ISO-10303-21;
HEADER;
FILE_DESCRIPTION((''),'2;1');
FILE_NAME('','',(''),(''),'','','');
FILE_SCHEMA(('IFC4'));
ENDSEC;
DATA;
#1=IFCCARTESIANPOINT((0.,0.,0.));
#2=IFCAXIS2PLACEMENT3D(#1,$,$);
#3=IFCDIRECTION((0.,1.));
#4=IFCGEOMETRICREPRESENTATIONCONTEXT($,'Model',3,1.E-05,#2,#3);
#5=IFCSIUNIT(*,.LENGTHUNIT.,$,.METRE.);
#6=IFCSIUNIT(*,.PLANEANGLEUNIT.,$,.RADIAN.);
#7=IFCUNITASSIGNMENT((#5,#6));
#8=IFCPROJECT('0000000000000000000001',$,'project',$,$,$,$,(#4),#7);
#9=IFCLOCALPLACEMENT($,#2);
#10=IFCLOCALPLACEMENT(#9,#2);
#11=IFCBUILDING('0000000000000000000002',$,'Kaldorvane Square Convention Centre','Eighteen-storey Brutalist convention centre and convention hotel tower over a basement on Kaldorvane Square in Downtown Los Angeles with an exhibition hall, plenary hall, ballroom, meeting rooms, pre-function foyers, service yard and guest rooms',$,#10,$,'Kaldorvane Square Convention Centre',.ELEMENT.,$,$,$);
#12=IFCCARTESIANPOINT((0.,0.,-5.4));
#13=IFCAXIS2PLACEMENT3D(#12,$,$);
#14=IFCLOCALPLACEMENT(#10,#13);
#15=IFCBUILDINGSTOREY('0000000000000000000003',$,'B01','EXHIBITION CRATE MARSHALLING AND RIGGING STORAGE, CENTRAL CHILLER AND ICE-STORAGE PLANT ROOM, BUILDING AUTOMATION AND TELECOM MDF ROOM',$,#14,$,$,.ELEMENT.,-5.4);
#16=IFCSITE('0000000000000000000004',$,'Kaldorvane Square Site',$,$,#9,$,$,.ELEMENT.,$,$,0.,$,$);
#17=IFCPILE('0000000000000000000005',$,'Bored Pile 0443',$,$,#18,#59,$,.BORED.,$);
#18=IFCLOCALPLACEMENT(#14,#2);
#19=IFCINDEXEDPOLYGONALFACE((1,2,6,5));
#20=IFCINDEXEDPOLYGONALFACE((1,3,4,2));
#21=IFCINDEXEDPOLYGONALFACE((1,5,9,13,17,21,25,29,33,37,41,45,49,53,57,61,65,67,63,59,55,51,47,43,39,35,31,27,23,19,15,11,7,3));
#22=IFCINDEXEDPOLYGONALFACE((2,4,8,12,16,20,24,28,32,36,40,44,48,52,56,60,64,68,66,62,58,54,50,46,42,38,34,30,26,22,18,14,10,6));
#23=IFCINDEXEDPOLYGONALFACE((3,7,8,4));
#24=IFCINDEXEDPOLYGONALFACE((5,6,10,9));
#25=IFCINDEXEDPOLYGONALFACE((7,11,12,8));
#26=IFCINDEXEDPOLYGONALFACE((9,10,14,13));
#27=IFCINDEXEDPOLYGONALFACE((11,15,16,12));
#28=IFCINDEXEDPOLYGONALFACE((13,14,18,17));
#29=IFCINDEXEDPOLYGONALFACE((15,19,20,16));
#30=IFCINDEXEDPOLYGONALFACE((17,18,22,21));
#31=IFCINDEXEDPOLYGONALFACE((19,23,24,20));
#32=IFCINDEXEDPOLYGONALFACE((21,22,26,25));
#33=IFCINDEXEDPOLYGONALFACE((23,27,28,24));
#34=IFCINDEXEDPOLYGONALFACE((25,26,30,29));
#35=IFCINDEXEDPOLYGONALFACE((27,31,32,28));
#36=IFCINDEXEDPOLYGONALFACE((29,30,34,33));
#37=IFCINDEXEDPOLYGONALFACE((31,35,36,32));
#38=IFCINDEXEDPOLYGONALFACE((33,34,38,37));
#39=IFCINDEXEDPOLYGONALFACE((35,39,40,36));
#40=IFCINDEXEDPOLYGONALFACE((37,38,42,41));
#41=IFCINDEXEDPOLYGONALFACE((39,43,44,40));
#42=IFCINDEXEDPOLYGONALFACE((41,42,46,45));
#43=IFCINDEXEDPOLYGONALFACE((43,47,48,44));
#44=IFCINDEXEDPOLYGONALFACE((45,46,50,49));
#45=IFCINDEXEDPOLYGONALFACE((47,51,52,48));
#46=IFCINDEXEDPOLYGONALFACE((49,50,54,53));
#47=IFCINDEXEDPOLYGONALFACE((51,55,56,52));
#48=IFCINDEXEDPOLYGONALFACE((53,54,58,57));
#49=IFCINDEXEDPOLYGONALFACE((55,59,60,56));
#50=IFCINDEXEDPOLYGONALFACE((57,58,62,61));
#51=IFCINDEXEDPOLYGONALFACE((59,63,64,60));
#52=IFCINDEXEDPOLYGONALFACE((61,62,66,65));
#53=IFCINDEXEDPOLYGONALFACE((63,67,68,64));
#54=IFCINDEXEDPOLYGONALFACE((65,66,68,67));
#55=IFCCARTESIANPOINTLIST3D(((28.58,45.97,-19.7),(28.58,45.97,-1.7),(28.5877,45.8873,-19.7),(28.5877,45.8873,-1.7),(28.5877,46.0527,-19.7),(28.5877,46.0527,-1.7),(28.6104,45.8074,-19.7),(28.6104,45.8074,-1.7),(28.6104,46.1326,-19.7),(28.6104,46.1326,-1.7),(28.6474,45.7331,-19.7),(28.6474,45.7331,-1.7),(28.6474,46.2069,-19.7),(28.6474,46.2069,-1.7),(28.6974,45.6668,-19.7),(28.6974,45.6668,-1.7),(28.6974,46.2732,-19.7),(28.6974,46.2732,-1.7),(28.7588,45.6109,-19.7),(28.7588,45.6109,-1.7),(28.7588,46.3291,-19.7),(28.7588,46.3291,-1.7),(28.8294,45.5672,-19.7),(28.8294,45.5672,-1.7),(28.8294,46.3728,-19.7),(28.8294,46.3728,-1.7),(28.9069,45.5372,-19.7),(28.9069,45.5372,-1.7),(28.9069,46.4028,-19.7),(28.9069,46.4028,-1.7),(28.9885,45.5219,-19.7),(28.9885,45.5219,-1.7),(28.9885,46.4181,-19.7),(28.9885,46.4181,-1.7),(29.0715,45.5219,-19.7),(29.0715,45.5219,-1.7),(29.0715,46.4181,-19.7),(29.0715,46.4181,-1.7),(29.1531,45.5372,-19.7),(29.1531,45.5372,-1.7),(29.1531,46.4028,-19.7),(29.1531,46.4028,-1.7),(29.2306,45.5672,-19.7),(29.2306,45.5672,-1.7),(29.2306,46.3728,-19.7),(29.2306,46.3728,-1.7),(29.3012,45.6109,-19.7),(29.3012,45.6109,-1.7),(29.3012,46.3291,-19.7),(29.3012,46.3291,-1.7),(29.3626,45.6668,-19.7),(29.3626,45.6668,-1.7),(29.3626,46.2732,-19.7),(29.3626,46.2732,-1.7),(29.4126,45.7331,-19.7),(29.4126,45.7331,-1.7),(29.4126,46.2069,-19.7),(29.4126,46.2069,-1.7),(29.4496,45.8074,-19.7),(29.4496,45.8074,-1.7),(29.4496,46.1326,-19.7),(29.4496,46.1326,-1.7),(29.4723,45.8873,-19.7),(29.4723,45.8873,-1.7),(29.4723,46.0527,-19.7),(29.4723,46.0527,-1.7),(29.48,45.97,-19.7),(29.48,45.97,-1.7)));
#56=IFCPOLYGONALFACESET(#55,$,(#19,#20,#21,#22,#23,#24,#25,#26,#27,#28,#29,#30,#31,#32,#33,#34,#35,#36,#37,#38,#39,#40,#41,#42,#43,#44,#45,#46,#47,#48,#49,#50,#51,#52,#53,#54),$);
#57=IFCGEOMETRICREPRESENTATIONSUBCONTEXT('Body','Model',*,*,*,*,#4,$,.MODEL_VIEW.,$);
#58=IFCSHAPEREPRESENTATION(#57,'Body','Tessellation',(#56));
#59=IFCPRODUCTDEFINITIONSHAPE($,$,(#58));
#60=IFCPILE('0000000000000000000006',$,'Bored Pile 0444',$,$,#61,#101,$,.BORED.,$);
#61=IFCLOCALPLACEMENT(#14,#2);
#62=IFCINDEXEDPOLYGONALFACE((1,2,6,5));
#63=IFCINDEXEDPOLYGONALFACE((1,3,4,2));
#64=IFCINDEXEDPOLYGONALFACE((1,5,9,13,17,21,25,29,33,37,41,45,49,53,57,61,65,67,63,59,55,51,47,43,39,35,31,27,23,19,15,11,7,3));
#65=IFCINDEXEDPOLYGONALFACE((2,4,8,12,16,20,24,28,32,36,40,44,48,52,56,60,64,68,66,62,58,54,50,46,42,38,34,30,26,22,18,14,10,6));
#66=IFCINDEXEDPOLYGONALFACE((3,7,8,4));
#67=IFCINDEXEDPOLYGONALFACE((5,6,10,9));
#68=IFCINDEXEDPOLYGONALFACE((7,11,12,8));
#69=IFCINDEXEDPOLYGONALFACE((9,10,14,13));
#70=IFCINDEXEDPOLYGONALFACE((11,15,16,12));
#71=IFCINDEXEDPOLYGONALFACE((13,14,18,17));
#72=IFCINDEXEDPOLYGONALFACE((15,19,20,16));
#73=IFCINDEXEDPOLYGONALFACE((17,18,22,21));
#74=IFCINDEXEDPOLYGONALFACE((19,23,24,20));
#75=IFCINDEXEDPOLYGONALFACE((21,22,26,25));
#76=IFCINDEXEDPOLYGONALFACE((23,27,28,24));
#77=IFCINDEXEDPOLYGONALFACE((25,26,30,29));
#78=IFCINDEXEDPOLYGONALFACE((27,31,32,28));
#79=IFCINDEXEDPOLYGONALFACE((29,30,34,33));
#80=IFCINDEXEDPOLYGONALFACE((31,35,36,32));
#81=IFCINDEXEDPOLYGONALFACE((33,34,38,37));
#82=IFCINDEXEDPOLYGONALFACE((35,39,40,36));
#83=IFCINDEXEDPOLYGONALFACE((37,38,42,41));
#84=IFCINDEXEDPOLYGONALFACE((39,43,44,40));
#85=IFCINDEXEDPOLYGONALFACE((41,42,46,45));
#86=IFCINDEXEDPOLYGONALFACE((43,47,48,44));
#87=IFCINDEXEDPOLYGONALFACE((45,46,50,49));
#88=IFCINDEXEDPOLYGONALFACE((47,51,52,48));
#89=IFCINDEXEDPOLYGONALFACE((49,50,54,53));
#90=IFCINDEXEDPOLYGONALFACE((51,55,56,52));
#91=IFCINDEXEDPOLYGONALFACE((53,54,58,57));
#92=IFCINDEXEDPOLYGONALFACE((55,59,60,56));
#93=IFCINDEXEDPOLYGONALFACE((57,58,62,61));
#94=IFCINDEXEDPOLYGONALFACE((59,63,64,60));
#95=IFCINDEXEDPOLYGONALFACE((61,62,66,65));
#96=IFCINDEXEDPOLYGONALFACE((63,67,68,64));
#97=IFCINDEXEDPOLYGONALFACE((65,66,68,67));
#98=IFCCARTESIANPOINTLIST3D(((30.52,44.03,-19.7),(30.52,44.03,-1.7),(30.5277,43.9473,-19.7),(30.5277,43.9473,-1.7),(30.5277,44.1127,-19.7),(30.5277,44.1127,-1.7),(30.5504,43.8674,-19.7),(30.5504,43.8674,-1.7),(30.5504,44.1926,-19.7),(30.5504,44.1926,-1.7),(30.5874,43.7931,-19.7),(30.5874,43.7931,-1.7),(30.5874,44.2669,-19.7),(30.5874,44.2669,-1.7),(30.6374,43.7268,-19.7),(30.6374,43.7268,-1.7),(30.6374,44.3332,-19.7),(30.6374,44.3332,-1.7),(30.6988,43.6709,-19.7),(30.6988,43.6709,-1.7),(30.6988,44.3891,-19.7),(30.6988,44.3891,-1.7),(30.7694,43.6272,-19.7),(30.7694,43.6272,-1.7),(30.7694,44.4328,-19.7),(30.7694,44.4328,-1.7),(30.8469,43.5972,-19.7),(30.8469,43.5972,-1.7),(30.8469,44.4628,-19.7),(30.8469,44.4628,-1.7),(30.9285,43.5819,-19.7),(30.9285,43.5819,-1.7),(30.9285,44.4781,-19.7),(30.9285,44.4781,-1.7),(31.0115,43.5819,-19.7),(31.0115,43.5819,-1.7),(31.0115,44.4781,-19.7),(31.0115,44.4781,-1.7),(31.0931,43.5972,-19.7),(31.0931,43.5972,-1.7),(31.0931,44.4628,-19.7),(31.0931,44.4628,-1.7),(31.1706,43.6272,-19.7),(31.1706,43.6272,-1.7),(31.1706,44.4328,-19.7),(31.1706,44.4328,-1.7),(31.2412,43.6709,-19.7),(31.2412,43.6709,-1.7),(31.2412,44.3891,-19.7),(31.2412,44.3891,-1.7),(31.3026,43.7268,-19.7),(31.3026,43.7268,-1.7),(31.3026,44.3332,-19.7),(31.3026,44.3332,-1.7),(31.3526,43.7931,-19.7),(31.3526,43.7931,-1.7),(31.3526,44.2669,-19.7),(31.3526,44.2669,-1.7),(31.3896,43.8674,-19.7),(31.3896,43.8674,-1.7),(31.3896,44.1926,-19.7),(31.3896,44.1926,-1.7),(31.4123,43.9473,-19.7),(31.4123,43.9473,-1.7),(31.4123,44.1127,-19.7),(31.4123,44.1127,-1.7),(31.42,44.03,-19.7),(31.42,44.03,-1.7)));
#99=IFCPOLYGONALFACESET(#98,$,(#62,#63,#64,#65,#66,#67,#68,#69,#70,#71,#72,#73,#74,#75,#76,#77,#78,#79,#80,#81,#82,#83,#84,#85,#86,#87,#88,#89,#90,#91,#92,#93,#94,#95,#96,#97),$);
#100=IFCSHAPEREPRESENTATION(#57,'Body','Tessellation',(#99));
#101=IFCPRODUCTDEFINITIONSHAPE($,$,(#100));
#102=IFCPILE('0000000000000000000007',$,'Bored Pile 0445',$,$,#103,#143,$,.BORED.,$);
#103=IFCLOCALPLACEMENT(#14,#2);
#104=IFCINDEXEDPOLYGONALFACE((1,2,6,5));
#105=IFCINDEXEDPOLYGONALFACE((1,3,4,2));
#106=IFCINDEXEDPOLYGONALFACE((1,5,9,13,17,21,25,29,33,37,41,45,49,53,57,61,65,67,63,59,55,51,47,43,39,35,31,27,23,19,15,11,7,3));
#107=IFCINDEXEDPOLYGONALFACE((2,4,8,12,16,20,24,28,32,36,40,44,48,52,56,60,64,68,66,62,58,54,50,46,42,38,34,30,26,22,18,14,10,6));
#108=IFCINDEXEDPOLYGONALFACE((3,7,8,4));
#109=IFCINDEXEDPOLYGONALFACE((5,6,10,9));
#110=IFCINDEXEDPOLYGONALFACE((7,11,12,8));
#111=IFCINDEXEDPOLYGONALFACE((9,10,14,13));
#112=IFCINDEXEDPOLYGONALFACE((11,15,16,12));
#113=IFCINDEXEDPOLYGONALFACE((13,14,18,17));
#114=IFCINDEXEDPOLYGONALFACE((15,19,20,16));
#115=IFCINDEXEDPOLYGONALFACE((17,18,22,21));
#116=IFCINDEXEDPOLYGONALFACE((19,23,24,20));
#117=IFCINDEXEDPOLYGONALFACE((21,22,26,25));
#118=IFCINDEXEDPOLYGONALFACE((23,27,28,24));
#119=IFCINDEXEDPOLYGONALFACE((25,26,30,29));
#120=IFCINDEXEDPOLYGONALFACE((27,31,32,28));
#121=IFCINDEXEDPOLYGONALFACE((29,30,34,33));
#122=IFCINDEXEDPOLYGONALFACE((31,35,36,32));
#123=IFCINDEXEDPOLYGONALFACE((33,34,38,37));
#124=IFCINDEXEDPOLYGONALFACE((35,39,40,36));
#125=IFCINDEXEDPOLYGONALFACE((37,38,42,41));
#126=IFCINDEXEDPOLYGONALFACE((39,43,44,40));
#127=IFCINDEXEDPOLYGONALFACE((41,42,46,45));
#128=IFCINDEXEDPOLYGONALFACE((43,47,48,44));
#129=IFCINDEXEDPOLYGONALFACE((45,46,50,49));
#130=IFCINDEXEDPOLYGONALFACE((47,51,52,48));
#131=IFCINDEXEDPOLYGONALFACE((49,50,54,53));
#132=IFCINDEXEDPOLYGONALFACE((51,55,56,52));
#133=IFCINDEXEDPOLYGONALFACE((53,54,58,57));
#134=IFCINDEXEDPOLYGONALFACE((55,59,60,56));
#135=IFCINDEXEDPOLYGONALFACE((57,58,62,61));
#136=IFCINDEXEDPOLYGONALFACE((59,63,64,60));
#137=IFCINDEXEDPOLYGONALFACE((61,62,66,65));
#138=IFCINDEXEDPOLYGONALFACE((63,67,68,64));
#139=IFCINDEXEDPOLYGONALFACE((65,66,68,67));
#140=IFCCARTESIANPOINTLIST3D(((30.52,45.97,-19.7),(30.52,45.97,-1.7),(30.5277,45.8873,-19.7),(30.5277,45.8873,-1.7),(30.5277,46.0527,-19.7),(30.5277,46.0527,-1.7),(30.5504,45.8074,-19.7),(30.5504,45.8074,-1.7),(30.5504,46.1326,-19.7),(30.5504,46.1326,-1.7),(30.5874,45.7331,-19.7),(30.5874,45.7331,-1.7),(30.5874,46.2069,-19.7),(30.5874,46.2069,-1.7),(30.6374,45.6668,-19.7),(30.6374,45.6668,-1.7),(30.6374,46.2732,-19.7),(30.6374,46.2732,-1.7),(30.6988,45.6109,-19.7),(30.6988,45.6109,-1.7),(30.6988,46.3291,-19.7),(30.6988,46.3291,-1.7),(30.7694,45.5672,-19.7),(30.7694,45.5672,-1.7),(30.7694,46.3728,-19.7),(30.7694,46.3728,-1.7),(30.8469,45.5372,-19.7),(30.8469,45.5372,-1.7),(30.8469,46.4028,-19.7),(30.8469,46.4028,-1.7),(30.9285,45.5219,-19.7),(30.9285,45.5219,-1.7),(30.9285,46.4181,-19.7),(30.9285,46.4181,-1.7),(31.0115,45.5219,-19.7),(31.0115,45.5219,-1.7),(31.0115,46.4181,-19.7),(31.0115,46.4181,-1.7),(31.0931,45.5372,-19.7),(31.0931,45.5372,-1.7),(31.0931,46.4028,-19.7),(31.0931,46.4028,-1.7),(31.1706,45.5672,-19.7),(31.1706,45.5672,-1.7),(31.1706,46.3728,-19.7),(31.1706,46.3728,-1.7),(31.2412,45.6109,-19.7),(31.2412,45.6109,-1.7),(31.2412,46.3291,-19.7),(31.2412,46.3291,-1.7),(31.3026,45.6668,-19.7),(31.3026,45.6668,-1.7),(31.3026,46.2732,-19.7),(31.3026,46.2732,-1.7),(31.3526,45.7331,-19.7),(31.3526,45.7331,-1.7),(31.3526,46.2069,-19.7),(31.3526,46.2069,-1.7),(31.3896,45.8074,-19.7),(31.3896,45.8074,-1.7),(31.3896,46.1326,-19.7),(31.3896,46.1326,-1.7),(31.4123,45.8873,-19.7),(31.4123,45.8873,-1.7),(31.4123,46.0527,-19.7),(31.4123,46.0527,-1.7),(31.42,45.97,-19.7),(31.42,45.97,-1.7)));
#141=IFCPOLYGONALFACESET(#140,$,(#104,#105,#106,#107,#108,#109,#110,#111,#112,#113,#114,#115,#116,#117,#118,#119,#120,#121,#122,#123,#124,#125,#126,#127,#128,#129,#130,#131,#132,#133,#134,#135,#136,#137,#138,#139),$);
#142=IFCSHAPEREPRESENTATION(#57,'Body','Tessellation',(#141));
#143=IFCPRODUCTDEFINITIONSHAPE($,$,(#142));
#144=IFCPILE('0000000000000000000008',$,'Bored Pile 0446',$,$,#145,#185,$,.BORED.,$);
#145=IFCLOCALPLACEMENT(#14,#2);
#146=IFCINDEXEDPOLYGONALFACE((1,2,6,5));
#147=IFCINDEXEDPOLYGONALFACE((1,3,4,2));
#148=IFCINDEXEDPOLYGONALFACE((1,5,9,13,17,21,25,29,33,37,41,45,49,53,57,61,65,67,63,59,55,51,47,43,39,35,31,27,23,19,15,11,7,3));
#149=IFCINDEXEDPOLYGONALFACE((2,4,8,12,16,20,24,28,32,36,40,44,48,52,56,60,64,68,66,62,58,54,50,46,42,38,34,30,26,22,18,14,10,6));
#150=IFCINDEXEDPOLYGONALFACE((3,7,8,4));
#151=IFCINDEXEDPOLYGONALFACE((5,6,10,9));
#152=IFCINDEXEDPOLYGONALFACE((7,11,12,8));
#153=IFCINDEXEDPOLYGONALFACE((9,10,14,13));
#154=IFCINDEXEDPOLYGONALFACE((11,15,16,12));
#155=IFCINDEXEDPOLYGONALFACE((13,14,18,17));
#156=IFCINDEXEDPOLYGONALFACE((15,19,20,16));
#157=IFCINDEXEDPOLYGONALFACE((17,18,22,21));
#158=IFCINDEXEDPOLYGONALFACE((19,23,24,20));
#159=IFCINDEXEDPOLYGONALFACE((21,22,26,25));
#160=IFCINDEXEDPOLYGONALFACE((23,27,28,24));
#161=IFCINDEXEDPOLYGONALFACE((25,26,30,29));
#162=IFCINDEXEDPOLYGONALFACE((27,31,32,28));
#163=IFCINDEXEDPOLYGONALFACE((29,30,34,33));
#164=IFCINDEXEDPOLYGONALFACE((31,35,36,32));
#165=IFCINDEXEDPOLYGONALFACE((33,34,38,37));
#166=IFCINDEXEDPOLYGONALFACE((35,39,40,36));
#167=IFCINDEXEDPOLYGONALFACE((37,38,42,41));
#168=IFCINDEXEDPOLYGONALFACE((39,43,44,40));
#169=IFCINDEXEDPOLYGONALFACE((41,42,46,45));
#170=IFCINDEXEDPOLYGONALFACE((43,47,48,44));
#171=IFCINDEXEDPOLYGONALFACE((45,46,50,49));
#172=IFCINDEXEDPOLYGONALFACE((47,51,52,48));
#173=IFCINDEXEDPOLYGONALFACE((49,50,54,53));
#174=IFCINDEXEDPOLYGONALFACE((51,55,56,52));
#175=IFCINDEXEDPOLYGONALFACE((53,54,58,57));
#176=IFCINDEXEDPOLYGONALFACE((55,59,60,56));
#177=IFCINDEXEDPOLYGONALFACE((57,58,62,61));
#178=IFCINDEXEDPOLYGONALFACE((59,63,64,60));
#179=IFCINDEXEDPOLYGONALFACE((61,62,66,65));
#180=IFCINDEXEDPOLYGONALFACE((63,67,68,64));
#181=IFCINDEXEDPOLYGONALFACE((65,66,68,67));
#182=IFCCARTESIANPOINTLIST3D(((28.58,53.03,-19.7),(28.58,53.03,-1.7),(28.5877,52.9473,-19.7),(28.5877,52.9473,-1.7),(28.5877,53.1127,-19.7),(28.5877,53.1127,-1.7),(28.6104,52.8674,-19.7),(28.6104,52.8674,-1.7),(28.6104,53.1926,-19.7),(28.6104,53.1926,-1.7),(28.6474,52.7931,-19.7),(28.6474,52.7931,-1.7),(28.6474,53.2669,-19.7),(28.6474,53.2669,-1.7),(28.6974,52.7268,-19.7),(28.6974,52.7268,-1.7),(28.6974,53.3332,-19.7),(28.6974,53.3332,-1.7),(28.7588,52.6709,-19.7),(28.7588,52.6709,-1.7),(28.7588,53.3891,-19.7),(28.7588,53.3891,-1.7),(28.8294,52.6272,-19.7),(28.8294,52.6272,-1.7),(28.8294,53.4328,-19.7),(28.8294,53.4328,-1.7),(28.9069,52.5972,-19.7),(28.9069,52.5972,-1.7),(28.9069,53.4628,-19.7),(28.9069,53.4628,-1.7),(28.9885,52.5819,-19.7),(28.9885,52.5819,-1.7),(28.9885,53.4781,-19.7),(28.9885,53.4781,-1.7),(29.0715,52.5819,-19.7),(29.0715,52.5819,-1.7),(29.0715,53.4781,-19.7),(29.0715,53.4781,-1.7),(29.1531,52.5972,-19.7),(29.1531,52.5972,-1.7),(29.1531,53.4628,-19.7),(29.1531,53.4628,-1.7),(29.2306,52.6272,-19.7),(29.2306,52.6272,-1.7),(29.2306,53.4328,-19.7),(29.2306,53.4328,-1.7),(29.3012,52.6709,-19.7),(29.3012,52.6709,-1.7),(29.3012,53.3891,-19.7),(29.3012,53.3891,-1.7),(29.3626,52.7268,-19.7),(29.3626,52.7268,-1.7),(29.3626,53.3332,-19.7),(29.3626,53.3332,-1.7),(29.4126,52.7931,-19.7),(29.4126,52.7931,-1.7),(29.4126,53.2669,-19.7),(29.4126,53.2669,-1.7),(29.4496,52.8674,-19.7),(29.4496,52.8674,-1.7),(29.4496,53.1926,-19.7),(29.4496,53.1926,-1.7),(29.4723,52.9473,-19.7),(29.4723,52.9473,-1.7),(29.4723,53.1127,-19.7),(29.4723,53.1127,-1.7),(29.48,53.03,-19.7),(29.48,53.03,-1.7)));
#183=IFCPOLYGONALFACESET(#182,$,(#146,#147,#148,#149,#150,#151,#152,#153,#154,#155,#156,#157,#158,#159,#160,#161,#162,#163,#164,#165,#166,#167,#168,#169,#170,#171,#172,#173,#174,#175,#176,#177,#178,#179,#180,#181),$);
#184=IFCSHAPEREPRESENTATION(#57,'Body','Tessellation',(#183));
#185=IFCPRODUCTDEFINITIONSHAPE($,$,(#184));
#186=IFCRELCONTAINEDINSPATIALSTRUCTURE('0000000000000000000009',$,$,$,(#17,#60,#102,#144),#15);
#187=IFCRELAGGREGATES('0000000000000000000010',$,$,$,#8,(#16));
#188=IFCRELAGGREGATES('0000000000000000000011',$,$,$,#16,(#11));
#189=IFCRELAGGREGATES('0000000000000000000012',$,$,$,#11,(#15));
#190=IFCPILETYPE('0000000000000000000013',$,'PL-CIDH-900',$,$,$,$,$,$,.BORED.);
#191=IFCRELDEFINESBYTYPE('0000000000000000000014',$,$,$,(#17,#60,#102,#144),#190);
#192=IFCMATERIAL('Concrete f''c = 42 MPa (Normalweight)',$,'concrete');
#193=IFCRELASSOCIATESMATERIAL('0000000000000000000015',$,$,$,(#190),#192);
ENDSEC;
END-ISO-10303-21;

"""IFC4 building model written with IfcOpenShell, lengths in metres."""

from ifc_helpers import new_model, si_unit, direction, frame, origin, origin_2d, place, context, subcontext, project, spatial, circle, extrude, material, material_profile, profile_set, type_object, element, save


model = new_model("IFC4")

# Units and contexts
model_context = context("Model", 3, precision=1e-05, world=origin(), true_north=direction((0.0, 1.0)))
body_context = subcontext(model_context, "Body", "Model", "MODEL_VIEW")
ifc_project = project(units=[si_unit("LENGTHUNIT", "METRE"), si_unit("PLANEANGLEUNIT", "RADIAN")], contexts=[model_context])

# Site, building, storey
site_placement = place(None, origin())
site = spatial("IfcSite", under=ifc_project, at=site_placement, Name="Kaldorvane Square Site", CompositionType="ELEMENT", RefElevation=0.0)
building_placement = place(site_placement, origin())
building = spatial("IfcBuilding", under=site, at=building_placement, Name="Kaldorvane Square Convention Centre", Description="Eighteen-storey Brutalist convention centre and convention hotel tower over a basement on Kaldorvane Square in Downtown Los Angeles with an exhibition hall, plenary hall, ballroom, meeting rooms, pre-function foyers, service yard and guest rooms", LongName="Kaldorvane Square Convention Centre", CompositionType="ELEMENT")
storey_placement = place(building_placement, frame((0.0, 0.0, -5.4)))
storey = spatial("IfcBuildingStorey", under=building, at=storey_placement, Name="B01", Description="EXHIBITION CRATE MARSHALLING AND RIGGING STORAGE, CENTRAL CHILLER AND ICE-STORAGE PLANT ROOM, BUILDING AUTOMATION AND TELECOM MDF ROOM", CompositionType="ELEMENT", Elevation=-5.4)

# Shared definitions
ifc_material_1 = material(Name="Concrete f'c = 42 MPa (Normalweight)", Category="concrete")

# Piles
ifc_material_profile_1 = material_profile(ifc_material_1, circle(Radius=0.45, at=origin_2d()), Name="PILE-D900")
ifc_profile_set_1 = profile_set([ifc_material_profile_1], Name="Concrete f'c = 42 MPa (Normalweight)")
pile_type_1 = type_object("IfcPileType", Name="PL-CIDH-900", PredefinedType="BORED", material=ifc_profile_set_1)
for number, where, z_axis, x_axis, name in (
    (1, (29.03, 45.97, -1.7), (0.0, 0.0, -1.0), (1.0, 0.0, 0.0), "Bored Pile 0443"),
    (2, (30.97, 44.03, -1.7), (0.0, 0.0, -1.0), (1.0, 0.0, 0.0), "Bored Pile 0444"),
    (3, (30.97, 45.97, -1.7), (0.0, 0.0, -1.0), (1.0, 0.0, 0.0), "Bored Pile 0445"),
    (4, (29.03, 53.03, -1.7), (0.0, 0.0, -1.0), (1.0, 0.0, 0.0), "Bored Pile 0446"),
):
    element("IfcPile", number, at=place(storey_placement, frame(where, z_axis=z_axis, x_axis=x_axis)), inside=storey, type_object=pile_type_1, Name=name, PredefinedType="BORED", context=body_context, shape_type="SweptSolid", body=[
        extrude(circle(Radius=0.45, at=origin_2d()), origin(), (0.0, 0.0, 1.0), 18.0),
    ])

save(model, "model.ifc")
